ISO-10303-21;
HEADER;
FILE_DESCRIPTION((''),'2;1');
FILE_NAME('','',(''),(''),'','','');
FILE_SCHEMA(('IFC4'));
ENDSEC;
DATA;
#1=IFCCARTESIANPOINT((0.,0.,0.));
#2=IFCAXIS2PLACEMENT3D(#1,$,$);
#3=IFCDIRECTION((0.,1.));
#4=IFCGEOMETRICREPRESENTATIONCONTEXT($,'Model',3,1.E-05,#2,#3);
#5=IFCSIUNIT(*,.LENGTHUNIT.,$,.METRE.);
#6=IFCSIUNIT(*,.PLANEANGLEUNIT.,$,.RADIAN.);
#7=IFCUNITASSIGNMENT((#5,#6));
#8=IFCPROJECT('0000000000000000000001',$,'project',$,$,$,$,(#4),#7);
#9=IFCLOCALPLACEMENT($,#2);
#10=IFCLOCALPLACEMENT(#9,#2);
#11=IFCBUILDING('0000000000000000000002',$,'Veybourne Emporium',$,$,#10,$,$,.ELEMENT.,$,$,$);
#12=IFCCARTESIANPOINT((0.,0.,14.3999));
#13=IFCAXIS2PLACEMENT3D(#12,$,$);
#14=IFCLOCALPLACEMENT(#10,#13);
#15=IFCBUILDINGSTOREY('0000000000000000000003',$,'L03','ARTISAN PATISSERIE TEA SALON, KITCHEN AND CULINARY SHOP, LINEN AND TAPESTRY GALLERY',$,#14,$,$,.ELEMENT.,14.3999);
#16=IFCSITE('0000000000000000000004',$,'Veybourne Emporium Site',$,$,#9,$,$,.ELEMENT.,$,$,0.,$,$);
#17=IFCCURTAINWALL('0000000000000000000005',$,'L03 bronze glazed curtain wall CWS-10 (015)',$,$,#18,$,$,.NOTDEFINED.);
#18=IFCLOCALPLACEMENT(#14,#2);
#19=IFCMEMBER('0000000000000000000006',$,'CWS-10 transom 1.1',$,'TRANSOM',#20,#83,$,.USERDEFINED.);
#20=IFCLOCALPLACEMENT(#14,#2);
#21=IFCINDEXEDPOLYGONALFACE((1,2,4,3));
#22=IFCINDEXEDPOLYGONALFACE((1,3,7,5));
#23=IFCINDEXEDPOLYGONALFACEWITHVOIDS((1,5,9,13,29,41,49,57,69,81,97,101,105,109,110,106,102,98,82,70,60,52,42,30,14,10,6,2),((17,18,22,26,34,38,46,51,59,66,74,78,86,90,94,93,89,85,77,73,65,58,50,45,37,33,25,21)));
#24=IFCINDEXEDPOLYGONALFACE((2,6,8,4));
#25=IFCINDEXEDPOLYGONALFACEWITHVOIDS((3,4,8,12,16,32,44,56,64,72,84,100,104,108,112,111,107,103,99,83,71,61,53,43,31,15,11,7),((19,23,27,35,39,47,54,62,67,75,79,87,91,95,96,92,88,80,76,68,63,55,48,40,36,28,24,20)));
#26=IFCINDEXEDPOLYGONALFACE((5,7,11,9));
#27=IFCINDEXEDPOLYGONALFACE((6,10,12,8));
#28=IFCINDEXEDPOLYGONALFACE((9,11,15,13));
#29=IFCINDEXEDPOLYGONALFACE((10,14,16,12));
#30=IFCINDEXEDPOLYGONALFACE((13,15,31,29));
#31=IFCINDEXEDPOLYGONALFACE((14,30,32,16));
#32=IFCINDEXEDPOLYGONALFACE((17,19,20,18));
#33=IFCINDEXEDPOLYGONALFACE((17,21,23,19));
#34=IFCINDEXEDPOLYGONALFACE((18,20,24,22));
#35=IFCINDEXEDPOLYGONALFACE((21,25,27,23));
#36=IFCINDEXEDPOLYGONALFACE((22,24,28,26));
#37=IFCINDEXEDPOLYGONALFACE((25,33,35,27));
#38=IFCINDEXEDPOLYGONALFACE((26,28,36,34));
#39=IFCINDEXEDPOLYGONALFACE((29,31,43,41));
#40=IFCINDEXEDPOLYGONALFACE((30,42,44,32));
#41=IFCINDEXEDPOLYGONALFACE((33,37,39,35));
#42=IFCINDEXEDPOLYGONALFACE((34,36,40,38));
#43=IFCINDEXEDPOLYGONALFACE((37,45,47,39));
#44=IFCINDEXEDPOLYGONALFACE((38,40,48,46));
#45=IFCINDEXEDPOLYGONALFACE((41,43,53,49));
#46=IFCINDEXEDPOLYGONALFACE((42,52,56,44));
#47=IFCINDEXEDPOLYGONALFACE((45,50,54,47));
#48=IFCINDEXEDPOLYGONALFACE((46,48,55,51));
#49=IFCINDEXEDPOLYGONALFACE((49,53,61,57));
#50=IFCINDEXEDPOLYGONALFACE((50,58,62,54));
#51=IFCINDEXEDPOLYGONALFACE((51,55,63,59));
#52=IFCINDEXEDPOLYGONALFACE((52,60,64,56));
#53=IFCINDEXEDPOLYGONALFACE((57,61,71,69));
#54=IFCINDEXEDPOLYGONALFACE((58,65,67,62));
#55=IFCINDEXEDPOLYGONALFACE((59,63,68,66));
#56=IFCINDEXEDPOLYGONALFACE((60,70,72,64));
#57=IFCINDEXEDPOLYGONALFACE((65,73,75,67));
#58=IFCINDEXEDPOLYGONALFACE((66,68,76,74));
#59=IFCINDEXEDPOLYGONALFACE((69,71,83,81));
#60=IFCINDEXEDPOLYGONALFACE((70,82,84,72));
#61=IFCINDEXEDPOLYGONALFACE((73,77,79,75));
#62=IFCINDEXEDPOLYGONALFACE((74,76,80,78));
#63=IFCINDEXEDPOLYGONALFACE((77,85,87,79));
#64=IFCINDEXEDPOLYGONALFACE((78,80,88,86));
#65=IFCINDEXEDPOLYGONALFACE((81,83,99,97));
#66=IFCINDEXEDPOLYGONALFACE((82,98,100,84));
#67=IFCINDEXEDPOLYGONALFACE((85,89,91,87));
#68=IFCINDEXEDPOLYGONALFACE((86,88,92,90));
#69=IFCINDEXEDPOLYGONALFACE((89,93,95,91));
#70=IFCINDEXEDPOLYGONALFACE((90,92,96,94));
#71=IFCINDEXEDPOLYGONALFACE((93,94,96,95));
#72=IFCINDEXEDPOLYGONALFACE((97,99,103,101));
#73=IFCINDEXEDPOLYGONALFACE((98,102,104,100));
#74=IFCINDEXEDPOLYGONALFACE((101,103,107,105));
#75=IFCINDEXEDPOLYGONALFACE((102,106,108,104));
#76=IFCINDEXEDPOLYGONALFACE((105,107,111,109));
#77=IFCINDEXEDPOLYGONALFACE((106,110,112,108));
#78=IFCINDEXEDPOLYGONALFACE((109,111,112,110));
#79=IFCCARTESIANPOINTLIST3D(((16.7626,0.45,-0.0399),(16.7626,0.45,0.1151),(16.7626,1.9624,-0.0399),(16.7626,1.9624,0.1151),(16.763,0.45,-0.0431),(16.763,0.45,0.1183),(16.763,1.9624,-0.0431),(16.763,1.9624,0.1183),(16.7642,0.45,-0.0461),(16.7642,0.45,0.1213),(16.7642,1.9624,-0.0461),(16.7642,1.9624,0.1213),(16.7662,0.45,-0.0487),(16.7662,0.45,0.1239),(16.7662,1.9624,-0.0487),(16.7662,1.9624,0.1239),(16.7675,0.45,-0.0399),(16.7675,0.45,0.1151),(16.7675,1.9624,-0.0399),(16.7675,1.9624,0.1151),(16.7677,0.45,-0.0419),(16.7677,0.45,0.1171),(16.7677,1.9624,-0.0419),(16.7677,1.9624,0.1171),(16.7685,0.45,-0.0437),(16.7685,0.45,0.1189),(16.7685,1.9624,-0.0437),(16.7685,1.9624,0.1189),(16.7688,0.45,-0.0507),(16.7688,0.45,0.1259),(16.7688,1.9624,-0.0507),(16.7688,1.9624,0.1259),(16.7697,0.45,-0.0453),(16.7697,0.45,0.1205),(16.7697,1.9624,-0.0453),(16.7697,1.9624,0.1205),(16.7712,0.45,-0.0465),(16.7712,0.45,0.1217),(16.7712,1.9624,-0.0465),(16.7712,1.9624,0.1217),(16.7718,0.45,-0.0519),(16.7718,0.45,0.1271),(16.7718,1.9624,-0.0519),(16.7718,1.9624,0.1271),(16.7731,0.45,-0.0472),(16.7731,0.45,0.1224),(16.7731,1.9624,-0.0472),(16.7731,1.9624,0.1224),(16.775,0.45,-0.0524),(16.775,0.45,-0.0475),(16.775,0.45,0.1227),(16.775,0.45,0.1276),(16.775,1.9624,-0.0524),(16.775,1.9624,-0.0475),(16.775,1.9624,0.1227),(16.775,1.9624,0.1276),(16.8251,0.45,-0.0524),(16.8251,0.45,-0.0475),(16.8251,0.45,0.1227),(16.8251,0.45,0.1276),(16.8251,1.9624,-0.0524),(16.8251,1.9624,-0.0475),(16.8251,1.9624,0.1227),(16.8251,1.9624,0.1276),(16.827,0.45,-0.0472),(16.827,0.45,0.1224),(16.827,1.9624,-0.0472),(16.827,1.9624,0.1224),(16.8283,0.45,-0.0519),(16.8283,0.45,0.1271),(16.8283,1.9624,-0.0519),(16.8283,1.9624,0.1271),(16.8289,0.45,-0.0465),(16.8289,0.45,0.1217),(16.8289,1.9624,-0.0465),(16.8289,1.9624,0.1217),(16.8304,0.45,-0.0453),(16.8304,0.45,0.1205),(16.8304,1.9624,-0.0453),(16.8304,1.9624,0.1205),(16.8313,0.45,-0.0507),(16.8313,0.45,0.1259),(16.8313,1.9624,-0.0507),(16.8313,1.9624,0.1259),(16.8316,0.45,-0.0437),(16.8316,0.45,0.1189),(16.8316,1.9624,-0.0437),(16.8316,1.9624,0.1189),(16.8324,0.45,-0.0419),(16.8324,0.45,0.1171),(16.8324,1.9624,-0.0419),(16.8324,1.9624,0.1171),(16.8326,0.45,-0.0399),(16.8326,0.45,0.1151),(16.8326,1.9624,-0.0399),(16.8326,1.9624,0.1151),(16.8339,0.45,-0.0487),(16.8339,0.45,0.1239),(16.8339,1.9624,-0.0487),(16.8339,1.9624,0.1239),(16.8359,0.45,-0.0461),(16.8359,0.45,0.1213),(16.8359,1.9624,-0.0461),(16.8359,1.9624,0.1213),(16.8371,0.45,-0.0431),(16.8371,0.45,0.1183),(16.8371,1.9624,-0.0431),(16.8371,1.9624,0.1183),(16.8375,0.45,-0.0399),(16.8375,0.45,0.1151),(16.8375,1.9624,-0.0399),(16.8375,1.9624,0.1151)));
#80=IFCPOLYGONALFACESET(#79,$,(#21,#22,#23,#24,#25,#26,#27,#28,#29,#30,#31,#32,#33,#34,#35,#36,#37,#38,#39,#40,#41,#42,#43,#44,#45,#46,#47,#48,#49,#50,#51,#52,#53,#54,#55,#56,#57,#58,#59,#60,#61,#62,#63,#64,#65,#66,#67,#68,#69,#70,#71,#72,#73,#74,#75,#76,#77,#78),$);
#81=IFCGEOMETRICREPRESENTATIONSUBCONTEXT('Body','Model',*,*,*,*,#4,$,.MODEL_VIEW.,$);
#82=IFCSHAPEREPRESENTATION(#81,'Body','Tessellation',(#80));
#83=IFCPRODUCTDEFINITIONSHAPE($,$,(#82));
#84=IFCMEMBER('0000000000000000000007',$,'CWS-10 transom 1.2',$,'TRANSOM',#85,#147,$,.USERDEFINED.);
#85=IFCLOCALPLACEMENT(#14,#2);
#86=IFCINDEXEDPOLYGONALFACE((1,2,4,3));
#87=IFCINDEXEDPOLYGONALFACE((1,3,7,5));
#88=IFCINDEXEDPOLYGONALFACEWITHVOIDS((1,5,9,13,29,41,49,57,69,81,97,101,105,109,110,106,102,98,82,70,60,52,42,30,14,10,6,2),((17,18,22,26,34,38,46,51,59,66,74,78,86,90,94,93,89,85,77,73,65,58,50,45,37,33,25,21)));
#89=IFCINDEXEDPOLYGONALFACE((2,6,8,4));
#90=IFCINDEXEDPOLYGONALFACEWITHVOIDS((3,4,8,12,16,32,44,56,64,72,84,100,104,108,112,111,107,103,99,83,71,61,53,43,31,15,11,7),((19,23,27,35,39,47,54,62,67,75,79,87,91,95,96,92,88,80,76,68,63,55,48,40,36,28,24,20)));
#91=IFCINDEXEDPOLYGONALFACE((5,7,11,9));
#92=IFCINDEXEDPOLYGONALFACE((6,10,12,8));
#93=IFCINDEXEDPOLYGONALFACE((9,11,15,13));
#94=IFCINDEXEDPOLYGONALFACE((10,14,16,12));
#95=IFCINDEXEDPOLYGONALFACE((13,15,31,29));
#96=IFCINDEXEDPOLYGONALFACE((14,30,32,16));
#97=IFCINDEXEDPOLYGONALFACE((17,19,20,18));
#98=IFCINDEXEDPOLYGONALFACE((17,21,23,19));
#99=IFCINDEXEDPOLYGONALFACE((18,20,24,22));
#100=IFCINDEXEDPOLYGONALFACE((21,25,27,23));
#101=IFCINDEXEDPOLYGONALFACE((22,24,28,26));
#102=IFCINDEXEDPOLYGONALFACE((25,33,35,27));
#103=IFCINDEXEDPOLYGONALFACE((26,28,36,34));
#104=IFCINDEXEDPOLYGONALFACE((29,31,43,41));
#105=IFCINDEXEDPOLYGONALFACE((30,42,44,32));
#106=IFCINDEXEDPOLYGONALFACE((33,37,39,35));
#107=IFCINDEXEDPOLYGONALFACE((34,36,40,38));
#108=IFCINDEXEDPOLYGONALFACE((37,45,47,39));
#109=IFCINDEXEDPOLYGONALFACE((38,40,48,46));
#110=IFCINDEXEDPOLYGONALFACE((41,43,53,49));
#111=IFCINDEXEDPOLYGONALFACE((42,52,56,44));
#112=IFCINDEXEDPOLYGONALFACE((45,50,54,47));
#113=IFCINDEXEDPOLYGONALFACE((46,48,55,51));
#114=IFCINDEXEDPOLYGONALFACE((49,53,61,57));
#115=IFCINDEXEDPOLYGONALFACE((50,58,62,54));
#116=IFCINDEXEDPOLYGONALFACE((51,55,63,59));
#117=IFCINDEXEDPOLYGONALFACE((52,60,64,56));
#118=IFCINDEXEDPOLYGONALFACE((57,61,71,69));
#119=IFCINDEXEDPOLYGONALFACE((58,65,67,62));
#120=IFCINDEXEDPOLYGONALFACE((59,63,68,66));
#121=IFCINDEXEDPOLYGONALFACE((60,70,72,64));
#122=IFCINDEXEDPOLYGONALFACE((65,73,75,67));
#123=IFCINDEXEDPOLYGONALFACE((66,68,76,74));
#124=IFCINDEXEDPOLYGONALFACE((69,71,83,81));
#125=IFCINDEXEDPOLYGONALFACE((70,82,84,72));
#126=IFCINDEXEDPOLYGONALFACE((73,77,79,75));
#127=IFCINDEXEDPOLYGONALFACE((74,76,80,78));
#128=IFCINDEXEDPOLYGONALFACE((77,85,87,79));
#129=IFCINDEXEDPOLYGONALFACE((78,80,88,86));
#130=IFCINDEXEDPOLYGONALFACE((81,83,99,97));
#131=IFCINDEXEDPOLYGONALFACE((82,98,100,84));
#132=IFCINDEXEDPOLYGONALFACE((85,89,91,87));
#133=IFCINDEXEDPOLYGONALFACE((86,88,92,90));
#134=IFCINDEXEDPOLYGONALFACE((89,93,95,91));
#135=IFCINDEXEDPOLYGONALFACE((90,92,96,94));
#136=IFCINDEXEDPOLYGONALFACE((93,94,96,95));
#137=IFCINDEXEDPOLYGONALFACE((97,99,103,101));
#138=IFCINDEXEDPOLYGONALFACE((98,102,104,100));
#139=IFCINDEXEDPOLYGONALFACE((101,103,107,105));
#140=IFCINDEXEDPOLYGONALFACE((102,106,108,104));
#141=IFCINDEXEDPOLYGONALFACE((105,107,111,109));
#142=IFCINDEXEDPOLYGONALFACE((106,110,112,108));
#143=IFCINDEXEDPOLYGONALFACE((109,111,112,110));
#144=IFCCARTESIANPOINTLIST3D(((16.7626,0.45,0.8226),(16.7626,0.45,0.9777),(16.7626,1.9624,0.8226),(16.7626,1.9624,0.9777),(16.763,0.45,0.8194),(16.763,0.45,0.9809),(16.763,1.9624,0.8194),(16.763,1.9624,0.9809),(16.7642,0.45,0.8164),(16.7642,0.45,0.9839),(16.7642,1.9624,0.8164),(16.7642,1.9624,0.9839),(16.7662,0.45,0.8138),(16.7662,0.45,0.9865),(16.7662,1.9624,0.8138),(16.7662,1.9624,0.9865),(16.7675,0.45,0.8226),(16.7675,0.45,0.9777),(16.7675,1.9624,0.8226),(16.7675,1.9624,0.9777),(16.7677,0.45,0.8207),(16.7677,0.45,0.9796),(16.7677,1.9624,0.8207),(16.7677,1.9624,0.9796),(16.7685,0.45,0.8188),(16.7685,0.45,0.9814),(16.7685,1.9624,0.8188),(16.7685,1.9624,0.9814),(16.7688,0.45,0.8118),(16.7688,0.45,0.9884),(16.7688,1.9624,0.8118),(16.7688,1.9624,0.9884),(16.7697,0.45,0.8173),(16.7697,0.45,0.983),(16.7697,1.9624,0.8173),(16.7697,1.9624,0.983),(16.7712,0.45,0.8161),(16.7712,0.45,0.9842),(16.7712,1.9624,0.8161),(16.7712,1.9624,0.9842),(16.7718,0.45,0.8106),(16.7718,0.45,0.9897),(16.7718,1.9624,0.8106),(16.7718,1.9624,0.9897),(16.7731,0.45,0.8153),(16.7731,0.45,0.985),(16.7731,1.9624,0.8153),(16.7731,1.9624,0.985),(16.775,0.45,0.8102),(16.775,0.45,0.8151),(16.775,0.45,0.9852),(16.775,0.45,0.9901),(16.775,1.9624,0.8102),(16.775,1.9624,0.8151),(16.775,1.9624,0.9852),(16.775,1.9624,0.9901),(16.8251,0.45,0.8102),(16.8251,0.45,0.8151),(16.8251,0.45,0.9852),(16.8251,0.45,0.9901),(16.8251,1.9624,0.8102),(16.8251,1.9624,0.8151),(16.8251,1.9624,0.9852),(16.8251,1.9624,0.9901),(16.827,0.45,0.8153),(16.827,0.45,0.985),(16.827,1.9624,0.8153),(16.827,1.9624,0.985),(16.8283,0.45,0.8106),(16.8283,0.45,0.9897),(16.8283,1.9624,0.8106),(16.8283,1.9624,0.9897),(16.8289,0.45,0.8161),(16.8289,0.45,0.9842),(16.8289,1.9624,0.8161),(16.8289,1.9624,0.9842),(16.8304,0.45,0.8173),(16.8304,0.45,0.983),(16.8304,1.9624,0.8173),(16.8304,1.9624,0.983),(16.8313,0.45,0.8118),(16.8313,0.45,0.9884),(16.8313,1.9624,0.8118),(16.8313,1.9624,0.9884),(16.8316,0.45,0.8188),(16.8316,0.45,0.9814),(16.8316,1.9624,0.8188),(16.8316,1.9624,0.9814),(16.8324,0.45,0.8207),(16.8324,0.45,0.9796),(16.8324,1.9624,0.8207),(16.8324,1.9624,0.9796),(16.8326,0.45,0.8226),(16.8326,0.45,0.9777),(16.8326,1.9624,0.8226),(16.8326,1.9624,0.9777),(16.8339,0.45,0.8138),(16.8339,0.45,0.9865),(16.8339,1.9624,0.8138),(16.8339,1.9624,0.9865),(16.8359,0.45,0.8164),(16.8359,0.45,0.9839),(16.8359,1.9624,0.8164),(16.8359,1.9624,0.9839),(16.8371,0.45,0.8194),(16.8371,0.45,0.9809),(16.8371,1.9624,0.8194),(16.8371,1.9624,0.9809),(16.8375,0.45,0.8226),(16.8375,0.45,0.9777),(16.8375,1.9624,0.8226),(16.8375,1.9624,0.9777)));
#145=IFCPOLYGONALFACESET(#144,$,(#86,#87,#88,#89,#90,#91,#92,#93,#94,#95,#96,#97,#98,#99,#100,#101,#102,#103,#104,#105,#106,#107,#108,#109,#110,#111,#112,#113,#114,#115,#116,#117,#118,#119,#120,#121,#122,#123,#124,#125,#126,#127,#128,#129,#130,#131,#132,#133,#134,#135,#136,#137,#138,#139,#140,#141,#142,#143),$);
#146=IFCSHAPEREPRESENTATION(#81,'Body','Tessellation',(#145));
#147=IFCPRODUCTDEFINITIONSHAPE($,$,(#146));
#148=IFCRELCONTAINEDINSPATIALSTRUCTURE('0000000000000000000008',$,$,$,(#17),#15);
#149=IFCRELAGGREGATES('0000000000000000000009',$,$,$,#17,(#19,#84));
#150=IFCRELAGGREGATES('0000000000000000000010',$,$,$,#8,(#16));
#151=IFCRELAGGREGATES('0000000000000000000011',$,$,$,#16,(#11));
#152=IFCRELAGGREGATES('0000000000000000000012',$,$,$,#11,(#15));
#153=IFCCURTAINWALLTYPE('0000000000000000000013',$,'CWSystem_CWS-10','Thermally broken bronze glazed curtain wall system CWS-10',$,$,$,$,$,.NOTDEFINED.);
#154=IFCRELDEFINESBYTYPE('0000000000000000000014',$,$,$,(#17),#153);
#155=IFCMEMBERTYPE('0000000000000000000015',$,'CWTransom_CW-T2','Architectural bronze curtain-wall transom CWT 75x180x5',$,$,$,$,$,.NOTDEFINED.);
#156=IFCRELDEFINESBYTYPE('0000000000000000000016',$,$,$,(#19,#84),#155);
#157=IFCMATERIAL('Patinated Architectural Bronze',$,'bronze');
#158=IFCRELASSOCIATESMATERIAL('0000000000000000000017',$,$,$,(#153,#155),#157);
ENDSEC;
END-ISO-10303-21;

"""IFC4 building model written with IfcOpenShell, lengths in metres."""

from ifc_helpers import new_model, si_unit, direction, frame, origin, origin_2d, place, context, subcontext, project, spatial, hollow_rectangle, extrude, material, material_profile, profile_set, type_object, element, aggregate, save


model = new_model("IFC4")

# Units and contexts
model_context = context("Model", 3, precision=1e-05, world=origin(), true_north=direction((0.0, 1.0)))
body_context = subcontext(model_context, "Body", "Model", "MODEL_VIEW")
ifc_project = project(units=[si_unit("LENGTHUNIT", "METRE"), si_unit("PLANEANGLEUNIT", "RADIAN")], contexts=[model_context])

# Site, building, storey
site_placement = place(None, origin())
site = spatial("IfcSite", under=ifc_project, at=site_placement, Name="Veybourne Emporium Site", CompositionType="ELEMENT", RefElevation=0.0)
building_placement = place(site_placement, origin())
building = spatial("IfcBuilding", under=site, at=building_placement, Name="Veybourne Emporium", CompositionType="ELEMENT")
storey_placement = place(building_placement, frame((0.0, 0.0, 14.3999)))
storey = spatial("IfcBuildingStorey", under=building, at=storey_placement, Name="L03", Description="ARTISAN PATISSERIE TEA SALON, KITCHEN AND CULINARY SHOP, LINEN AND TAPESTRY GALLERY", CompositionType="ELEMENT", Elevation=14.3999)

# Shared definitions
ifc_material_1 = material(Name="Patinated Architectural Bronze", Category="bronze")

# Curtain wall, members
curtain_wall_type_1 = type_object("IfcCurtainWallType", Name="CWSystem_CWS-10", Description="Thermally broken bronze glazed curtain wall system CWS-10", PredefinedType="NOTDEFINED", material=ifc_material_1)
curtain_wall_1_placement = place(storey_placement, origin())
curtain_wall_1 = element("IfcCurtainWall", 1, at=curtain_wall_1_placement, inside=storey, type_object=curtain_wall_type_1, Name="L03 bronze glazed curtain wall CWS-10 (015)", PredefinedType="NOTDEFINED")
ifc_material_profile_1 = material_profile(ifc_material_1, hollow_rectangle(XDim=0.075, YDim=0.1799, WallThickness=0.0049, InnerFilletRadius=0.0076, OuterFilletRadius=0.0125, at=origin_2d()), Name="CWT 75x180x5")
ifc_profile_set_1 = profile_set([ifc_material_profile_1], Name="Patinated Architectural Bronze")
member_type_1 = type_object("IfcMemberType", Name="CWTransom_CW-T2", Description="Architectural bronze curtain-wall transom CWT 75x180x5", PredefinedType="NOTDEFINED", material=ifc_profile_set_1)
member_1_placement = place(storey_placement, frame((16.8, 0.45, 0.0376), z_axis=(0.0, 1.0, 0.0), x_axis=(-1.0, 0.0, 0.0)))
member_1 = element("IfcMember", 2, at=member_1_placement, type_object=member_type_1, Name="CWS-10 transom 1.1", ObjectType="TRANSOM", PredefinedType="USERDEFINED", context=body_context, shape_type="SweptSolid", body=[
    extrude(hollow_rectangle(XDim=0.075, YDim=0.1799, WallThickness=0.0049, InnerFilletRadius=0.0076, OuterFilletRadius=0.0125, at=origin_2d()), origin(), (0.0, 0.0, 1.0), 1.5125),
])
member_2_placement = place(storey_placement, frame((16.8, 0.45, 0.9001), z_axis=(0.0, 1.0, 0.0), x_axis=(-1.0, 0.0, 0.0)))
member_2 = element("IfcMember", 3, at=member_2_placement, type_object=member_type_1, Name="CWS-10 transom 1.2", ObjectType="TRANSOM", PredefinedType="USERDEFINED", context=body_context, shape_type="SweptSolid", body=[
    extrude(hollow_rectangle(XDim=0.075, YDim=0.1799, WallThickness=0.0049, InnerFilletRadius=0.0076, OuterFilletRadius=0.0125, at=origin_2d()), origin(), (0.0, 0.0, 1.0), 1.5125),
])

aggregate(curtain_wall_1, [member_1, member_2])

save(model, "model.ifc")
